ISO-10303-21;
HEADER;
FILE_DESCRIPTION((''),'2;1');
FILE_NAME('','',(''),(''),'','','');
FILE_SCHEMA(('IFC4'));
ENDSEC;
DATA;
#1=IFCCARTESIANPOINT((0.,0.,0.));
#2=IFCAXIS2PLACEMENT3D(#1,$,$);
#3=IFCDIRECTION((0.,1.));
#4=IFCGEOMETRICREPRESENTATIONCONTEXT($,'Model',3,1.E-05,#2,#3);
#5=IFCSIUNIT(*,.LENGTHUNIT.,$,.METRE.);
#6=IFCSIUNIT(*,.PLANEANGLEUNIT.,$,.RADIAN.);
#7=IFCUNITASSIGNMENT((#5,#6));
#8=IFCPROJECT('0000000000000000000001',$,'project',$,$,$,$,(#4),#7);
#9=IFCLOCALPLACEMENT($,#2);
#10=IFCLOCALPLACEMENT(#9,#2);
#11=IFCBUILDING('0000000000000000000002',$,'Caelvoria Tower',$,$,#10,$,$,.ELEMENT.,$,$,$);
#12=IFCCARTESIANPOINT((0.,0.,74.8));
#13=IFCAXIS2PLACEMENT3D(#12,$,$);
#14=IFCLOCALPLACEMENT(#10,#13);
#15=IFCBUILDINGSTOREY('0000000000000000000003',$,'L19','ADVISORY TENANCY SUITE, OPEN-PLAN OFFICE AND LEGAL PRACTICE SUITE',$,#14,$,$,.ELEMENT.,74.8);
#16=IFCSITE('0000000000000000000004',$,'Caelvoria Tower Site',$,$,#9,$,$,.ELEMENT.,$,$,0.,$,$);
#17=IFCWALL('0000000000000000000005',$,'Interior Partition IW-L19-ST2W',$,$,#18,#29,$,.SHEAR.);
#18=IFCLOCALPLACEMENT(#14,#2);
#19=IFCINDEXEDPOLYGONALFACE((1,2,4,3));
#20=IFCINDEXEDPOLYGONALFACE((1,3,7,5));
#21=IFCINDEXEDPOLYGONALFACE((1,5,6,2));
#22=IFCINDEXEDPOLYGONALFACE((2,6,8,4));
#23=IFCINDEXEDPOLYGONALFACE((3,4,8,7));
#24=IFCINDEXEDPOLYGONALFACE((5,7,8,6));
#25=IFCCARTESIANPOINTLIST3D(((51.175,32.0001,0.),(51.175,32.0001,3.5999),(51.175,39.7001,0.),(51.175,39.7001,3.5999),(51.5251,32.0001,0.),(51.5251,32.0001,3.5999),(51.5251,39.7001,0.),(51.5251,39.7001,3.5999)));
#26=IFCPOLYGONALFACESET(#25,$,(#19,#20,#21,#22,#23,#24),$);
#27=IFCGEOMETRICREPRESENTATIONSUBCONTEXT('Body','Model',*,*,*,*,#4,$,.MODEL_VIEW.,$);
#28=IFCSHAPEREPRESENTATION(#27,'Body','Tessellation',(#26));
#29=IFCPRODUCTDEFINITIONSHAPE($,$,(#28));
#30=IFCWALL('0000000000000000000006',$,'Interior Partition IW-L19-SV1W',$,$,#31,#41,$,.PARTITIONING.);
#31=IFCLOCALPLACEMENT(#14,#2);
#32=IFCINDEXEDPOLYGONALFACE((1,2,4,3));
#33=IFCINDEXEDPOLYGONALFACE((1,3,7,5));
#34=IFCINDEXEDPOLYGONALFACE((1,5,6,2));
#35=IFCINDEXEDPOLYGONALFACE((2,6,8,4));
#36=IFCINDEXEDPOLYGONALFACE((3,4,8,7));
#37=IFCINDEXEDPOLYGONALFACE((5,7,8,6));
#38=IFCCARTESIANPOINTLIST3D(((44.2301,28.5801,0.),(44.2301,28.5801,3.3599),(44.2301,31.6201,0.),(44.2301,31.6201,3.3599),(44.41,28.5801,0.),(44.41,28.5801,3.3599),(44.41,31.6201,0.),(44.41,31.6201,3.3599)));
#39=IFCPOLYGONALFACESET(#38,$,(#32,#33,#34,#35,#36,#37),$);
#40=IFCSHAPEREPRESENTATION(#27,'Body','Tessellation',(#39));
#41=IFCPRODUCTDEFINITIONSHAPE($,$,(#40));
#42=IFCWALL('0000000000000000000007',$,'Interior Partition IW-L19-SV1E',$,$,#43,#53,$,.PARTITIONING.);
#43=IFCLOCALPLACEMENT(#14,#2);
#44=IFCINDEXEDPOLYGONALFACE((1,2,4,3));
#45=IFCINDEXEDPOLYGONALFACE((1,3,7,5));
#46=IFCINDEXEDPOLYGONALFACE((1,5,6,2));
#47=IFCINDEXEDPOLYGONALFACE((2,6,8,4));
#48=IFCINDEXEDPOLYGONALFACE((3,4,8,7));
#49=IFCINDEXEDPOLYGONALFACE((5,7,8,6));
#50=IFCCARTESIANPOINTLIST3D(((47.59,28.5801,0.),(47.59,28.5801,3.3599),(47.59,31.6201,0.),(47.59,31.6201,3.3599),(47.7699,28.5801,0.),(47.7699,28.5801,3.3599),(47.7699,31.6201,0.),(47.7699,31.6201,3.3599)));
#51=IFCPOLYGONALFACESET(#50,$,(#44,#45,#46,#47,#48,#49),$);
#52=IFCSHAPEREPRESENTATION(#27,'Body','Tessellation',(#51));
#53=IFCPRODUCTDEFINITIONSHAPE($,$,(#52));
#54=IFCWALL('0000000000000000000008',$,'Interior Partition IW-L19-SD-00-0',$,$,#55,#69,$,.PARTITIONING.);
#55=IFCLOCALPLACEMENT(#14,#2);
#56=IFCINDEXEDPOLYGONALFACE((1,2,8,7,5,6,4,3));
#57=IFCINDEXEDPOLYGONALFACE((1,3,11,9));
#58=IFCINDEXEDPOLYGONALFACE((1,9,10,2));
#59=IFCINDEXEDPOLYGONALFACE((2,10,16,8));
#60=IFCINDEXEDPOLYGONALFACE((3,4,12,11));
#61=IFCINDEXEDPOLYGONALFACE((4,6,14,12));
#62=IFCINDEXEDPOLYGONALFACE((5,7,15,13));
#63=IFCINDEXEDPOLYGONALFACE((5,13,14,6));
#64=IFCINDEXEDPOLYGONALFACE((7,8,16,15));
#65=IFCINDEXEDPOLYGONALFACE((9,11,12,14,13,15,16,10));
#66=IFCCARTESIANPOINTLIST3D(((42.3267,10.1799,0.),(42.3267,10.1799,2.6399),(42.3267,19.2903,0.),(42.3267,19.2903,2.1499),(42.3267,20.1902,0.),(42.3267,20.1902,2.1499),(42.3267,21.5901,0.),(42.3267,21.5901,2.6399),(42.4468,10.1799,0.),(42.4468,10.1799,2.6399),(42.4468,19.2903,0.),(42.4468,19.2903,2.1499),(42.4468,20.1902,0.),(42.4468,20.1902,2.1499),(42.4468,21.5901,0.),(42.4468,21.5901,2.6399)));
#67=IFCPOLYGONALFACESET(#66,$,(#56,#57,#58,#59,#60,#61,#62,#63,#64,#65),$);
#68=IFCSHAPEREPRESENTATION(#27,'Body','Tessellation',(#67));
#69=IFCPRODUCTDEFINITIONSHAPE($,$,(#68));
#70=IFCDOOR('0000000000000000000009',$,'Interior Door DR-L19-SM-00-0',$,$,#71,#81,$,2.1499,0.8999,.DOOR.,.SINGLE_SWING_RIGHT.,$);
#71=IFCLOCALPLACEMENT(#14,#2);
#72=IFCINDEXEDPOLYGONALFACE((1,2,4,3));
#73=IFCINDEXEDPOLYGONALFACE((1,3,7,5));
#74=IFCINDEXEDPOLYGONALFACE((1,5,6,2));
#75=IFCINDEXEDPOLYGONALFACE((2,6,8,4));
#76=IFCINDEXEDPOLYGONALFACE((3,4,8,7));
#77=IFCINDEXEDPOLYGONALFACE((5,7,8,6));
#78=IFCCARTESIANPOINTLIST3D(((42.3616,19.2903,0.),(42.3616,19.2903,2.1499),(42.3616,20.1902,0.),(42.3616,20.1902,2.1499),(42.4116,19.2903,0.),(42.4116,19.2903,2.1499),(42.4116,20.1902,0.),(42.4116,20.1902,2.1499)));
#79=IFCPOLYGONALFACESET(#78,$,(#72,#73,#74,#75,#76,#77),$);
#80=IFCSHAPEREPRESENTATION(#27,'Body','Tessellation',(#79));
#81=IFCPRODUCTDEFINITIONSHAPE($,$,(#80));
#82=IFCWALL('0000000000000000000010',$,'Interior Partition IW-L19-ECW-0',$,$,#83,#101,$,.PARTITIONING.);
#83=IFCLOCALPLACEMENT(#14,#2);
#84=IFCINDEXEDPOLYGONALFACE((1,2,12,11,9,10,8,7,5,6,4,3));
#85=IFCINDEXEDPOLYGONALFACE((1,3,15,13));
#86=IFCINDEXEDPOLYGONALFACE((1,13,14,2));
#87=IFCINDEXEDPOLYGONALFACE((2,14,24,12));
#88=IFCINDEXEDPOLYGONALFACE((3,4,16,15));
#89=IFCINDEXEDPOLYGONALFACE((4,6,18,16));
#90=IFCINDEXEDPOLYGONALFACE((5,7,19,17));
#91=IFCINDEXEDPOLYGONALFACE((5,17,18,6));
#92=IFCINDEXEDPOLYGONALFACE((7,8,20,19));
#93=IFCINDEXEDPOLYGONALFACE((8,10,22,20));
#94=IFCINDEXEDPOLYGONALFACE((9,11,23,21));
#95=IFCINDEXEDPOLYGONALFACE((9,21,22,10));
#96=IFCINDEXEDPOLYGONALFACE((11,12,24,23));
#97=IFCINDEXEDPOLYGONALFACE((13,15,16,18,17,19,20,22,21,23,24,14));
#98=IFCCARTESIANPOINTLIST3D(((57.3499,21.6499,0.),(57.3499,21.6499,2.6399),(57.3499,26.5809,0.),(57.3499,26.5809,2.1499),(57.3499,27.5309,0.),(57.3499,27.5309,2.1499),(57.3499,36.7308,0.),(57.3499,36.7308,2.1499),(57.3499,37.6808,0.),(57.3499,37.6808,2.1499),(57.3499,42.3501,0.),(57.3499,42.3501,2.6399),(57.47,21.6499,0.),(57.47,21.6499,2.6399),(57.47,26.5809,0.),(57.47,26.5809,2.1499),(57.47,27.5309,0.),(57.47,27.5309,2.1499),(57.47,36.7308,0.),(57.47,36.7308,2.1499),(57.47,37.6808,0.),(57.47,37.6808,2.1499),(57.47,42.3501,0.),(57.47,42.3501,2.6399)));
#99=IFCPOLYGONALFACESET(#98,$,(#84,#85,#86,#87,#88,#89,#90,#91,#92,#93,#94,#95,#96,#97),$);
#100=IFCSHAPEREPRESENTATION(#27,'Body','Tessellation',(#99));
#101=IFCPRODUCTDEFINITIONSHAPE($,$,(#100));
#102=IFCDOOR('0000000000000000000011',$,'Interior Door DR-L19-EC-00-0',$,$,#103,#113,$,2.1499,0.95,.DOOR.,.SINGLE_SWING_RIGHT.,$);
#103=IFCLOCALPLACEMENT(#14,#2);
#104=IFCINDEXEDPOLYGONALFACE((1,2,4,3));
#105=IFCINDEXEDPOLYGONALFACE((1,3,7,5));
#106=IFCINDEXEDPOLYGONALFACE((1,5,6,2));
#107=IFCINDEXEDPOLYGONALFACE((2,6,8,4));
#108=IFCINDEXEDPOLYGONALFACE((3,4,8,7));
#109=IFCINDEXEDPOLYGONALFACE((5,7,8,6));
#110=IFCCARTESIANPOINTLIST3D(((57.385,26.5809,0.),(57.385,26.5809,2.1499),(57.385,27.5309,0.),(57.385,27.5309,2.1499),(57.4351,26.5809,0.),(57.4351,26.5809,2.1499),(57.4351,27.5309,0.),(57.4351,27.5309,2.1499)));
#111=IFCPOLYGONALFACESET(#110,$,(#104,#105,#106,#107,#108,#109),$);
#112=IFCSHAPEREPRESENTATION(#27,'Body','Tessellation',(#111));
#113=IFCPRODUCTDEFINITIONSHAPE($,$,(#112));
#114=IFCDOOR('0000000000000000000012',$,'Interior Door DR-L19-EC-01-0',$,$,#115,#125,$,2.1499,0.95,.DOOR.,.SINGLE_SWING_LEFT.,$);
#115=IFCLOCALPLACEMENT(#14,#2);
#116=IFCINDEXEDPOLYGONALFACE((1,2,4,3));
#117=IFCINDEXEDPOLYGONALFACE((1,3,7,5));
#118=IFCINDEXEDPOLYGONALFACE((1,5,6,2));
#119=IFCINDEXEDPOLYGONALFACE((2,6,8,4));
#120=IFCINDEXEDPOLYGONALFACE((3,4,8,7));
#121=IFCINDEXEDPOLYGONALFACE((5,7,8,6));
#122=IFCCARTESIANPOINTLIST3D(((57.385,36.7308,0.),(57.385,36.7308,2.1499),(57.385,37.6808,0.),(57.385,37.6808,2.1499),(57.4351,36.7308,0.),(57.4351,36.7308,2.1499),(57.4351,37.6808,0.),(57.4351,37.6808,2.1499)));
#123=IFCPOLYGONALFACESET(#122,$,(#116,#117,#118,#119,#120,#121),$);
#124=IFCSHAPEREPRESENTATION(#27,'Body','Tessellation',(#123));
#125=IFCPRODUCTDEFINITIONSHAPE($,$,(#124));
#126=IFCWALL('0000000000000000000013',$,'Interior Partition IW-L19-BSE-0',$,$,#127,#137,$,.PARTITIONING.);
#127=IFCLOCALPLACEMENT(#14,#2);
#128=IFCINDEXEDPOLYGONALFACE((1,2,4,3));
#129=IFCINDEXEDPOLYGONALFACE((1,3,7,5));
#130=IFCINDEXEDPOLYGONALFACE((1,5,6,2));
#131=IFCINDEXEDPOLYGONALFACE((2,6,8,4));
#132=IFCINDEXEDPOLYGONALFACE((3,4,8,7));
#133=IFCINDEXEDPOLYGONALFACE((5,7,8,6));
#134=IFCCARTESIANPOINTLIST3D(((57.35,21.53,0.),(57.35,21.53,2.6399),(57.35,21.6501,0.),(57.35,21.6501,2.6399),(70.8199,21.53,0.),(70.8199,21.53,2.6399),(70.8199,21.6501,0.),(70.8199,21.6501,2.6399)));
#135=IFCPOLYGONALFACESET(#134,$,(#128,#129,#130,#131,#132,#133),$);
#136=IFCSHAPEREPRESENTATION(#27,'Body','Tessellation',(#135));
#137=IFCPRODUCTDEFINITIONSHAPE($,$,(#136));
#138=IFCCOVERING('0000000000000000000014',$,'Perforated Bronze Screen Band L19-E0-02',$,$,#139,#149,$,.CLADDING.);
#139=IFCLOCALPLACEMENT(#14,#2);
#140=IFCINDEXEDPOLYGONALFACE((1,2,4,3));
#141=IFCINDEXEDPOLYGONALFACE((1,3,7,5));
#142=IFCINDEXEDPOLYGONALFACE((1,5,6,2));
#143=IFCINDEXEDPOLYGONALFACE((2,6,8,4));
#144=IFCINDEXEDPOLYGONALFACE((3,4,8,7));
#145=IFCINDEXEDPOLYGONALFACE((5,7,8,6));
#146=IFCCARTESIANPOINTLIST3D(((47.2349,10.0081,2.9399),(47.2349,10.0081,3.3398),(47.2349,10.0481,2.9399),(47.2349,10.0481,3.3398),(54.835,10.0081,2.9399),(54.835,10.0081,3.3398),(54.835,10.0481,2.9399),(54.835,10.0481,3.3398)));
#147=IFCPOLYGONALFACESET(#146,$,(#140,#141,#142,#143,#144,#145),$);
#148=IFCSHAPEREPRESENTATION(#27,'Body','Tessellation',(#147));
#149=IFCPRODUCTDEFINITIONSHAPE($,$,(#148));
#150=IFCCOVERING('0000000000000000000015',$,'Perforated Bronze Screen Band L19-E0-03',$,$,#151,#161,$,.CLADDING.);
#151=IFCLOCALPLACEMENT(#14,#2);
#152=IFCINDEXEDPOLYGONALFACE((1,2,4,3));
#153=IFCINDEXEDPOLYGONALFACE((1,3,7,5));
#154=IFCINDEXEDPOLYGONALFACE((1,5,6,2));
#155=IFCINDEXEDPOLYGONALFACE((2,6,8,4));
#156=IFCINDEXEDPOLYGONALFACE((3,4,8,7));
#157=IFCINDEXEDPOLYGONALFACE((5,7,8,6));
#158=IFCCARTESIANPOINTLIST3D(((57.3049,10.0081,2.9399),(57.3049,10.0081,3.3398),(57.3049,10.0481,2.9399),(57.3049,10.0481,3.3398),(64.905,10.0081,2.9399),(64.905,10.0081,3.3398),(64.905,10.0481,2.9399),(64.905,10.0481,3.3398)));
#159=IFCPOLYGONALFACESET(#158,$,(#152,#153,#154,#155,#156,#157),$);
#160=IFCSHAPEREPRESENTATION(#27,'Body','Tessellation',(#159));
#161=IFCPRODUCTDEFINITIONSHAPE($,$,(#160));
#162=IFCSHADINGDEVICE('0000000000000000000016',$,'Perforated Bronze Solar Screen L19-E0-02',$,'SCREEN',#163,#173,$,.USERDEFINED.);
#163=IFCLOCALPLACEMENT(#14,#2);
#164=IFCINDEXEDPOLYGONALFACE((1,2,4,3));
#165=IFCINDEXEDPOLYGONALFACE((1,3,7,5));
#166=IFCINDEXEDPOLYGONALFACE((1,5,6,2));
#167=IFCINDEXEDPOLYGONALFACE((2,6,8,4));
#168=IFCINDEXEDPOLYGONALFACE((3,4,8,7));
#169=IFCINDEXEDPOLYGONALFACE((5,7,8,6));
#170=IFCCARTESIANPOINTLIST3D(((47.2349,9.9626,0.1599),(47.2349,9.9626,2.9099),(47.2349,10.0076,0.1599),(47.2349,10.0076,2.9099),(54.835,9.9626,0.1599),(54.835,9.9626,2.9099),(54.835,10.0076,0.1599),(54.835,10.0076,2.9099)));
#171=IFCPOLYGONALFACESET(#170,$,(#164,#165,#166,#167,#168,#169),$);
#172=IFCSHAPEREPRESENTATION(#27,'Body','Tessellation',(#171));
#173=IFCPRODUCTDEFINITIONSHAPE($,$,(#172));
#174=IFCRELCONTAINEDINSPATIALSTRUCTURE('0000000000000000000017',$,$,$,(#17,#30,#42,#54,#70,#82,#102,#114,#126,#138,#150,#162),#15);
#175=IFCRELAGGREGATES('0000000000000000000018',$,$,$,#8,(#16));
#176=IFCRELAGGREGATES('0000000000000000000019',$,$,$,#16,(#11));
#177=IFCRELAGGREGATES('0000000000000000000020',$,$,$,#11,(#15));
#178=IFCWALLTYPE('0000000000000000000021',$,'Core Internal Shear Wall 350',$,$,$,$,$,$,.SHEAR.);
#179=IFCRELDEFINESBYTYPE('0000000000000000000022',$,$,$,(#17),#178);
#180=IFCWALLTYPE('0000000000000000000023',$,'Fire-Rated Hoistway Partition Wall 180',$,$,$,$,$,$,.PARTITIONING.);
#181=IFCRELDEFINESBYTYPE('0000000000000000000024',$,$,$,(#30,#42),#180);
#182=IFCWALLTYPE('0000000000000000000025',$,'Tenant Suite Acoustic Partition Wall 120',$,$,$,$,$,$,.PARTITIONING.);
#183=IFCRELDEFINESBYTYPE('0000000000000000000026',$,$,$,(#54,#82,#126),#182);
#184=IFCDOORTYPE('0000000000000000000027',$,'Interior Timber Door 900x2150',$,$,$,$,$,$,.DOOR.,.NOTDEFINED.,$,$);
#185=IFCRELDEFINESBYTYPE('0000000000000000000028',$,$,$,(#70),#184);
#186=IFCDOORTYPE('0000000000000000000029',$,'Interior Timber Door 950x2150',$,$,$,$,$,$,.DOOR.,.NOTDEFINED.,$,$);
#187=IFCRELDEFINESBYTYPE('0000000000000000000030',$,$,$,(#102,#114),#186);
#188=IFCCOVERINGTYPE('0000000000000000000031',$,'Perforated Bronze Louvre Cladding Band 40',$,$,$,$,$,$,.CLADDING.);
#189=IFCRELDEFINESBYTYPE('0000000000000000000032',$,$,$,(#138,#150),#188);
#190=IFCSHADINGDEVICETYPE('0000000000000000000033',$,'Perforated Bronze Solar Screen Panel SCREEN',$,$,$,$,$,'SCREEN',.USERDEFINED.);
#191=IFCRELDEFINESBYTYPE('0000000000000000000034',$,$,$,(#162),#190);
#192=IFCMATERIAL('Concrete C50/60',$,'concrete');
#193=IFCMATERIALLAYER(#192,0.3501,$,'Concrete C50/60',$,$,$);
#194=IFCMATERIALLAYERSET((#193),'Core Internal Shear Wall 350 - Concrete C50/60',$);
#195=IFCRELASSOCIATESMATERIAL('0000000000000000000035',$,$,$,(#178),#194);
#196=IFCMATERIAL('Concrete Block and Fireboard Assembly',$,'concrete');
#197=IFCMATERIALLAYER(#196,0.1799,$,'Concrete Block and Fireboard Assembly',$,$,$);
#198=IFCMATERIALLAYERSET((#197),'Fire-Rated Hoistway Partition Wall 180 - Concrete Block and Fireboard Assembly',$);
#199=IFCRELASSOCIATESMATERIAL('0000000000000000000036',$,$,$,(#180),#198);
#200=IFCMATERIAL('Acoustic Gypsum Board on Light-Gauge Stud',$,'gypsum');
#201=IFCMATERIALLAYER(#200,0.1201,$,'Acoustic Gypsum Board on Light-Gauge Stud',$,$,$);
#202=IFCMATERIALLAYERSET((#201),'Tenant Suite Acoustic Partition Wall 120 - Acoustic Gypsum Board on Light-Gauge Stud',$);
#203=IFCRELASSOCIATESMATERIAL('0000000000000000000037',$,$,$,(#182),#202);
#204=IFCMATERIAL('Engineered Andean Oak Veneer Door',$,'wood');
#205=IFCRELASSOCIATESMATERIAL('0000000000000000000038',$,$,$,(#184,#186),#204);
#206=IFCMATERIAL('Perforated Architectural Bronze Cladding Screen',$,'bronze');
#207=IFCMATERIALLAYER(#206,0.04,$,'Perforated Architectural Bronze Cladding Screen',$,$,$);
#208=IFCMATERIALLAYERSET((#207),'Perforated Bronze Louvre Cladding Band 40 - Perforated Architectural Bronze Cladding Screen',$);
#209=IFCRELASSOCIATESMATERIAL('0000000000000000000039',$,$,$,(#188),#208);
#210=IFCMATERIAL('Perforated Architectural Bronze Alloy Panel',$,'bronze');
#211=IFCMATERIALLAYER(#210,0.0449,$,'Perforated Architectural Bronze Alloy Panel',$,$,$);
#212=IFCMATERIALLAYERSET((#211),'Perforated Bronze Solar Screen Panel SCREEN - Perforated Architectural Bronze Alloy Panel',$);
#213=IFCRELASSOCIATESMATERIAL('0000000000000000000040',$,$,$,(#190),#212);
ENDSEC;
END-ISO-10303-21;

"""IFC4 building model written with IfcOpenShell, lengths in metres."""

from ifc_helpers import new_model, si_unit, direction, frame, frame_2d, origin, origin_2d, place, context, subcontext, project, spatial, rectangle, extrude, material, layer, layer_set, type_object, element, fill, save


model = new_model("IFC4")

# Units and contexts
model_context = context("Model", 3, precision=1e-05, world=origin(), true_north=direction((0.0, 1.0)))
body_context = subcontext(model_context, "Body", "Model", "MODEL_VIEW")
ifc_project = project(units=[si_unit("LENGTHUNIT", "METRE"), si_unit("PLANEANGLEUNIT", "RADIAN")], contexts=[model_context])

# Site, building, storey
site_placement = place(None, origin())
site = spatial("IfcSite", under=ifc_project, at=site_placement, Name="Caelvoria Tower Site", CompositionType="ELEMENT", RefElevation=0.0)
building_placement = place(site_placement, origin())
building = spatial("IfcBuilding", under=site, at=building_placement, Name="Caelvoria Tower", CompositionType="ELEMENT")
storey_placement = place(building_placement, frame((0.0, 0.0, 74.8)))
storey = spatial("IfcBuildingStorey", under=building, at=storey_placement, Name="L19", Description="ADVISORY TENANCY SUITE, OPEN-PLAN OFFICE AND LEGAL PRACTICE SUITE", CompositionType="ELEMENT", Elevation=74.8)

# Wall
ifc_material_1 = material(Name="Concrete C50/60", Category="concrete")
ifc_layer_1 = layer(ifc_material_1, 0.3501, Name="Concrete C50/60")
ifc_layer_set_1 = layer_set([ifc_layer_1], Name="Core Internal Shear Wall 350 - Concrete C50/60")
wall_type_1 = type_object("IfcWallType", Name="Core Internal Shear Wall 350", PredefinedType="SHEAR", material=ifc_layer_set_1)
wall_1_placement = place(storey_placement, frame((51.3501, 32.0, 0.0), z_axis=(0.0, 0.0, 1.0), x_axis=(0.0, 1.0, 0.0)))
element("IfcWall", 1, at=wall_1_placement, inside=storey, type_object=wall_type_1, Name="Interior Partition IW-L19-ST2W", PredefinedType="SHEAR", context=body_context, shape_type="SweptSolid", body=[
    extrude(rectangle(XDim=7.7, YDim=0.3501, at=frame_2d((3.8501, 0.0))), origin(), (0.0, 0.0, 1.0), 3.5999),
])

# Walls
ifc_material_2 = material(Name="Concrete Block and Fireboard Assembly", Category="concrete")
ifc_layer_2 = layer(ifc_material_2, 0.1799, Name="Concrete Block and Fireboard Assembly")
ifc_layer_set_2 = layer_set([ifc_layer_2], Name="Fire-Rated Hoistway Partition Wall 180 - Concrete Block and Fireboard Assembly")
wall_type_2 = type_object("IfcWallType", Name="Fire-Rated Hoistway Partition Wall 180", PredefinedType="PARTITIONING", material=ifc_layer_set_2)
for number, where, z_axis, x_axis, name in (
    (2, (44.3201, 28.5801, 0.0), (0.0, 0.0, 1.0), (0.0, 1.0, 0.0), "Interior Partition IW-L19-SV1W"),
    (3, (47.6799, 28.5801, 0.0), (0.0, 0.0, 1.0), (0.0, 1.0, 0.0), "Interior Partition IW-L19-SV1E"),
):
    element("IfcWall", number, at=place(storey_placement, frame(where, z_axis=z_axis, x_axis=x_axis)), inside=storey, type_object=wall_type_2, Name=name, PredefinedType="PARTITIONING", context=body_context, shape_type="SweptSolid", body=[
        extrude(rectangle(XDim=3.04, YDim=0.1799, at=frame_2d((1.52, 0.0))), origin(), (0.0, 0.0, 1.0), 3.3599),
    ])

# Wall, opening, door
ifc_material_3 = material(Name="Acoustic Gypsum Board on Light-Gauge Stud", Category="gypsum")
ifc_layer_3 = layer(ifc_material_3, 0.1201, Name="Acoustic Gypsum Board on Light-Gauge Stud")
ifc_layer_set_3 = layer_set([ifc_layer_3], Name="Tenant Suite Acoustic Partition Wall 120 - Acoustic Gypsum Board on Light-Gauge Stud")
wall_type_3 = type_object("IfcWallType", Name="Tenant Suite Acoustic Partition Wall 120", PredefinedType="PARTITIONING", material=ifc_layer_set_3)
wall_2_placement = place(storey_placement, frame((42.3867, 21.5901, 0.0), z_axis=(0.0, 0.0, 1.0), x_axis=(0.0, -1.0, 0.0)))
wall_2 = element("IfcWall", 4, at=wall_2_placement, inside=storey, type_object=wall_type_3, Name="Interior Partition IW-L19-SD-00-0", PredefinedType="PARTITIONING", context=body_context, shape_type="SweptSolid", body=[
    extrude(rectangle(XDim=11.4102, YDim=0.1201, at=frame_2d((5.7051, 0.0))), origin(), (0.0, 0.0, 1.0), 2.6399),
])
opening_1_placement = place(wall_2_placement, frame((1.3999, 0.0, 0.0)))
opening_1 = element("IfcOpeningElement", 5, at=opening_1_placement, cuts=wall_2, PredefinedType="OPENING", context=body_context, shape_type="SweptSolid", body=[
    extrude(rectangle(XDim=0.8999, YDim=2.1499, at=frame_2d((0.45, 1.075))), frame((0.0, 0.0701, 0.0), z_axis=(0.0, -1.0, 0.0), x_axis=(1.0, 0.0, 0.0)), (0.0, 0.0, 1.0), 0.1401),
])
ifc_material_4 = material(Name="Engineered Andean Oak Veneer Door", Category="wood")
door_type_1 = type_object("IfcDoorType", Name="Interior Timber Door 900x2150", OperationType="NOTDEFINED", PredefinedType="DOOR", material=ifc_material_4)
door_1_placement = place(opening_1_placement, origin())
door_1 = element("IfcDoor", 6, at=door_1_placement, inside=storey, type_object=door_type_1, Name="Interior Door DR-L19-SM-00-0", OperationType="SINGLE_SWING_RIGHT", OverallHeight=2.1499, OverallWidth=0.8999, PredefinedType="DOOR", context=body_context, shape_type="SweptSolid", body=[
    extrude(rectangle(XDim=0.8999, YDim=2.1499, at=frame_2d((0.45, 1.075))), frame((0.0, 0.0249, 0.0), z_axis=(0.0, -1.0, 0.0), x_axis=(1.0, 0.0, 0.0)), (0.0, 0.0, 1.0), 0.05),
])
fill(opening_1, door_1)

# Wall, openings, doors
wall_3_placement = place(storey_placement, frame((57.4099, 21.6499, 0.0), z_axis=(0.0, 0.0, 1.0), x_axis=(0.0, 1.0, 0.0)))
wall_3 = element("IfcWall", 7, at=wall_3_placement, inside=storey, type_object=wall_type_3, Name="Interior Partition IW-L19-ECW-0", PredefinedType="PARTITIONING", context=body_context, shape_type="SweptSolid", body=[
    extrude(rectangle(XDim=20.7002, YDim=0.1201, at=frame_2d((10.3501, 0.0))), origin(), (0.0, 0.0, 1.0), 2.6399),
])
opening_2_placement = place(wall_3_placement, frame((4.9309, 0.0, 0.0)))
opening_2 = element("IfcOpeningElement", 8, at=opening_2_placement, cuts=wall_3, PredefinedType="OPENING", context=body_context, shape_type="SweptSolid", body=[
    extrude(rectangle(XDim=0.95, YDim=2.1499, at=frame_2d((0.4751, 1.075))), frame((0.0, 0.0701, 0.0), z_axis=(0.0, -1.0, 0.0), x_axis=(1.0, 0.0, 0.0)), (0.0, 0.0, 1.0), 0.1401),
])
opening_3_placement = place(wall_3_placement, frame((15.0808, 0.0, 0.0)))
opening_3 = element("IfcOpeningElement", 9, at=opening_3_placement, cuts=wall_3, PredefinedType="OPENING", context=body_context, shape_type="SweptSolid", body=[
    extrude(rectangle(XDim=0.95, YDim=2.1499, at=frame_2d((0.4751, 1.075))), frame((0.0, 0.0701, 0.0), z_axis=(0.0, -1.0, 0.0), x_axis=(1.0, 0.0, 0.0)), (0.0, 0.0, 1.0), 0.1401),
])
door_type_2 = type_object("IfcDoorType", Name="Interior Timber Door 950x2150", OperationType="NOTDEFINED", PredefinedType="DOOR", material=ifc_material_4)
door_2_placement = place(opening_2_placement, origin())
door_2 = element("IfcDoor", 10, at=door_2_placement, inside=storey, type_object=door_type_2, Name="Interior Door DR-L19-EC-00-0", OperationType="SINGLE_SWING_RIGHT", OverallHeight=2.1499, OverallWidth=0.95, PredefinedType="DOOR", context=body_context, shape_type="SweptSolid", body=[
    extrude(rectangle(XDim=0.95, YDim=2.1499, at=frame_2d((0.4751, 1.075))), frame((0.0, 0.0249, 0.0), z_axis=(0.0, -1.0, 0.0), x_axis=(1.0, 0.0, 0.0)), (0.0, 0.0, 1.0), 0.05),
])
fill(opening_2, door_2)
door_3_placement = place(opening_3_placement, origin())
door_3 = element("IfcDoor", 11, at=door_3_placement, inside=storey, type_object=door_type_2, Name="Interior Door DR-L19-EC-01-0", OperationType="SINGLE_SWING_LEFT", OverallHeight=2.1499, OverallWidth=0.95, PredefinedType="DOOR", context=body_context, shape_type="SweptSolid", body=[
    extrude(rectangle(XDim=0.95, YDim=2.1499, at=frame_2d((0.4751, 1.075))), frame((0.0, 0.0249, 0.0), z_axis=(0.0, -1.0, 0.0), x_axis=(1.0, 0.0, 0.0)), (0.0, 0.0, 1.0), 0.05),
])
fill(opening_3, door_3)

# Wall
wall_4_placement = place(storey_placement, frame((57.3501, 21.5901, 0.0), z_axis=(0.0, 0.0, 1.0), x_axis=(1.0, 0.0, 0.0)))
element("IfcWall", 12, at=wall_4_placement, inside=storey, type_object=wall_type_3, Name="Interior Partition IW-L19-BSE-0", PredefinedType="PARTITIONING", context=body_context, shape_type="SweptSolid", body=[
    extrude(rectangle(XDim=13.47, YDim=0.1201, at=frame_2d((6.7349, 0.0))), origin(), (0.0, 0.0, 1.0), 2.6399),
])

# Coverings
ifc_material_5 = material(Name="Perforated Architectural Bronze Cladding Screen", Category="bronze")
ifc_layer_4 = layer(ifc_material_5, 0.04, Name="Perforated Architectural Bronze Cladding Screen")
ifc_layer_set_4 = layer_set([ifc_layer_4], Name="Perforated Bronze Louvre Cladding Band 40 - Perforated Architectural Bronze Cladding Screen")
covering_type = type_object("IfcCoveringType", Name="Perforated Bronze Louvre Cladding Band 40", PredefinedType="CLADDING", material=ifc_layer_set_4)
for number, where, z_axis, x_axis, name in (
    (13, (51.0349, 10.0281, 2.9399), (0.0, 0.0, 1.0), (1.0, 0.0, 0.0), "Perforated Bronze Screen Band L19-E0-02"),
    (14, (61.105, 10.0281, 2.9399), (0.0, 0.0, 1.0), (1.0, 0.0, 0.0), "Perforated Bronze Screen Band L19-E0-03"),
):
    element("IfcCovering", number, at=place(storey_placement, frame(where, z_axis=z_axis, x_axis=x_axis)), inside=storey, type_object=covering_type, Name=name, PredefinedType="CLADDING", context=body_context, shape_type="SweptSolid", body=[
        extrude(rectangle(XDim=7.6001, YDim=0.04, at=origin_2d()), origin(), (0.0, 0.0, 1.0), 0.3999),
    ])

# Shading device
ifc_material_6 = material(Name="Perforated Architectural Bronze Alloy Panel", Category="bronze")
ifc_layer_5 = layer(ifc_material_6, 0.0449, Name="Perforated Architectural Bronze Alloy Panel")
ifc_layer_set_5 = layer_set([ifc_layer_5], Name="Perforated Bronze Solar Screen Panel SCREEN - Perforated Architectural Bronze Alloy Panel")
shading_device_type = type_object("IfcShadingDeviceType", Name="Perforated Bronze Solar Screen Panel SCREEN", ElementType="SCREEN", PredefinedType="USERDEFINED", material=ifc_layer_set_5)
for number, where, z_axis, x_axis, name in (
    (15, (51.0349, 9.9851, 0.1599), (0.0, 0.0, 1.0), (1.0, 0.0, 0.0), "Perforated Bronze Solar Screen L19-E0-02"),
):
    element("IfcShadingDevice", number, at=place(storey_placement, frame(where, z_axis=z_axis, x_axis=x_axis)), inside=storey, type_object=shading_device_type, Name=name, ObjectType="SCREEN", PredefinedType="USERDEFINED", context=body_context, shape_type="SweptSolid", body=[
        extrude(rectangle(XDim=7.6001, YDim=0.0449, at=origin_2d()), origin(), (0.0, 0.0, 1.0), 2.75),
    ])

save(model, "model.ifc")
